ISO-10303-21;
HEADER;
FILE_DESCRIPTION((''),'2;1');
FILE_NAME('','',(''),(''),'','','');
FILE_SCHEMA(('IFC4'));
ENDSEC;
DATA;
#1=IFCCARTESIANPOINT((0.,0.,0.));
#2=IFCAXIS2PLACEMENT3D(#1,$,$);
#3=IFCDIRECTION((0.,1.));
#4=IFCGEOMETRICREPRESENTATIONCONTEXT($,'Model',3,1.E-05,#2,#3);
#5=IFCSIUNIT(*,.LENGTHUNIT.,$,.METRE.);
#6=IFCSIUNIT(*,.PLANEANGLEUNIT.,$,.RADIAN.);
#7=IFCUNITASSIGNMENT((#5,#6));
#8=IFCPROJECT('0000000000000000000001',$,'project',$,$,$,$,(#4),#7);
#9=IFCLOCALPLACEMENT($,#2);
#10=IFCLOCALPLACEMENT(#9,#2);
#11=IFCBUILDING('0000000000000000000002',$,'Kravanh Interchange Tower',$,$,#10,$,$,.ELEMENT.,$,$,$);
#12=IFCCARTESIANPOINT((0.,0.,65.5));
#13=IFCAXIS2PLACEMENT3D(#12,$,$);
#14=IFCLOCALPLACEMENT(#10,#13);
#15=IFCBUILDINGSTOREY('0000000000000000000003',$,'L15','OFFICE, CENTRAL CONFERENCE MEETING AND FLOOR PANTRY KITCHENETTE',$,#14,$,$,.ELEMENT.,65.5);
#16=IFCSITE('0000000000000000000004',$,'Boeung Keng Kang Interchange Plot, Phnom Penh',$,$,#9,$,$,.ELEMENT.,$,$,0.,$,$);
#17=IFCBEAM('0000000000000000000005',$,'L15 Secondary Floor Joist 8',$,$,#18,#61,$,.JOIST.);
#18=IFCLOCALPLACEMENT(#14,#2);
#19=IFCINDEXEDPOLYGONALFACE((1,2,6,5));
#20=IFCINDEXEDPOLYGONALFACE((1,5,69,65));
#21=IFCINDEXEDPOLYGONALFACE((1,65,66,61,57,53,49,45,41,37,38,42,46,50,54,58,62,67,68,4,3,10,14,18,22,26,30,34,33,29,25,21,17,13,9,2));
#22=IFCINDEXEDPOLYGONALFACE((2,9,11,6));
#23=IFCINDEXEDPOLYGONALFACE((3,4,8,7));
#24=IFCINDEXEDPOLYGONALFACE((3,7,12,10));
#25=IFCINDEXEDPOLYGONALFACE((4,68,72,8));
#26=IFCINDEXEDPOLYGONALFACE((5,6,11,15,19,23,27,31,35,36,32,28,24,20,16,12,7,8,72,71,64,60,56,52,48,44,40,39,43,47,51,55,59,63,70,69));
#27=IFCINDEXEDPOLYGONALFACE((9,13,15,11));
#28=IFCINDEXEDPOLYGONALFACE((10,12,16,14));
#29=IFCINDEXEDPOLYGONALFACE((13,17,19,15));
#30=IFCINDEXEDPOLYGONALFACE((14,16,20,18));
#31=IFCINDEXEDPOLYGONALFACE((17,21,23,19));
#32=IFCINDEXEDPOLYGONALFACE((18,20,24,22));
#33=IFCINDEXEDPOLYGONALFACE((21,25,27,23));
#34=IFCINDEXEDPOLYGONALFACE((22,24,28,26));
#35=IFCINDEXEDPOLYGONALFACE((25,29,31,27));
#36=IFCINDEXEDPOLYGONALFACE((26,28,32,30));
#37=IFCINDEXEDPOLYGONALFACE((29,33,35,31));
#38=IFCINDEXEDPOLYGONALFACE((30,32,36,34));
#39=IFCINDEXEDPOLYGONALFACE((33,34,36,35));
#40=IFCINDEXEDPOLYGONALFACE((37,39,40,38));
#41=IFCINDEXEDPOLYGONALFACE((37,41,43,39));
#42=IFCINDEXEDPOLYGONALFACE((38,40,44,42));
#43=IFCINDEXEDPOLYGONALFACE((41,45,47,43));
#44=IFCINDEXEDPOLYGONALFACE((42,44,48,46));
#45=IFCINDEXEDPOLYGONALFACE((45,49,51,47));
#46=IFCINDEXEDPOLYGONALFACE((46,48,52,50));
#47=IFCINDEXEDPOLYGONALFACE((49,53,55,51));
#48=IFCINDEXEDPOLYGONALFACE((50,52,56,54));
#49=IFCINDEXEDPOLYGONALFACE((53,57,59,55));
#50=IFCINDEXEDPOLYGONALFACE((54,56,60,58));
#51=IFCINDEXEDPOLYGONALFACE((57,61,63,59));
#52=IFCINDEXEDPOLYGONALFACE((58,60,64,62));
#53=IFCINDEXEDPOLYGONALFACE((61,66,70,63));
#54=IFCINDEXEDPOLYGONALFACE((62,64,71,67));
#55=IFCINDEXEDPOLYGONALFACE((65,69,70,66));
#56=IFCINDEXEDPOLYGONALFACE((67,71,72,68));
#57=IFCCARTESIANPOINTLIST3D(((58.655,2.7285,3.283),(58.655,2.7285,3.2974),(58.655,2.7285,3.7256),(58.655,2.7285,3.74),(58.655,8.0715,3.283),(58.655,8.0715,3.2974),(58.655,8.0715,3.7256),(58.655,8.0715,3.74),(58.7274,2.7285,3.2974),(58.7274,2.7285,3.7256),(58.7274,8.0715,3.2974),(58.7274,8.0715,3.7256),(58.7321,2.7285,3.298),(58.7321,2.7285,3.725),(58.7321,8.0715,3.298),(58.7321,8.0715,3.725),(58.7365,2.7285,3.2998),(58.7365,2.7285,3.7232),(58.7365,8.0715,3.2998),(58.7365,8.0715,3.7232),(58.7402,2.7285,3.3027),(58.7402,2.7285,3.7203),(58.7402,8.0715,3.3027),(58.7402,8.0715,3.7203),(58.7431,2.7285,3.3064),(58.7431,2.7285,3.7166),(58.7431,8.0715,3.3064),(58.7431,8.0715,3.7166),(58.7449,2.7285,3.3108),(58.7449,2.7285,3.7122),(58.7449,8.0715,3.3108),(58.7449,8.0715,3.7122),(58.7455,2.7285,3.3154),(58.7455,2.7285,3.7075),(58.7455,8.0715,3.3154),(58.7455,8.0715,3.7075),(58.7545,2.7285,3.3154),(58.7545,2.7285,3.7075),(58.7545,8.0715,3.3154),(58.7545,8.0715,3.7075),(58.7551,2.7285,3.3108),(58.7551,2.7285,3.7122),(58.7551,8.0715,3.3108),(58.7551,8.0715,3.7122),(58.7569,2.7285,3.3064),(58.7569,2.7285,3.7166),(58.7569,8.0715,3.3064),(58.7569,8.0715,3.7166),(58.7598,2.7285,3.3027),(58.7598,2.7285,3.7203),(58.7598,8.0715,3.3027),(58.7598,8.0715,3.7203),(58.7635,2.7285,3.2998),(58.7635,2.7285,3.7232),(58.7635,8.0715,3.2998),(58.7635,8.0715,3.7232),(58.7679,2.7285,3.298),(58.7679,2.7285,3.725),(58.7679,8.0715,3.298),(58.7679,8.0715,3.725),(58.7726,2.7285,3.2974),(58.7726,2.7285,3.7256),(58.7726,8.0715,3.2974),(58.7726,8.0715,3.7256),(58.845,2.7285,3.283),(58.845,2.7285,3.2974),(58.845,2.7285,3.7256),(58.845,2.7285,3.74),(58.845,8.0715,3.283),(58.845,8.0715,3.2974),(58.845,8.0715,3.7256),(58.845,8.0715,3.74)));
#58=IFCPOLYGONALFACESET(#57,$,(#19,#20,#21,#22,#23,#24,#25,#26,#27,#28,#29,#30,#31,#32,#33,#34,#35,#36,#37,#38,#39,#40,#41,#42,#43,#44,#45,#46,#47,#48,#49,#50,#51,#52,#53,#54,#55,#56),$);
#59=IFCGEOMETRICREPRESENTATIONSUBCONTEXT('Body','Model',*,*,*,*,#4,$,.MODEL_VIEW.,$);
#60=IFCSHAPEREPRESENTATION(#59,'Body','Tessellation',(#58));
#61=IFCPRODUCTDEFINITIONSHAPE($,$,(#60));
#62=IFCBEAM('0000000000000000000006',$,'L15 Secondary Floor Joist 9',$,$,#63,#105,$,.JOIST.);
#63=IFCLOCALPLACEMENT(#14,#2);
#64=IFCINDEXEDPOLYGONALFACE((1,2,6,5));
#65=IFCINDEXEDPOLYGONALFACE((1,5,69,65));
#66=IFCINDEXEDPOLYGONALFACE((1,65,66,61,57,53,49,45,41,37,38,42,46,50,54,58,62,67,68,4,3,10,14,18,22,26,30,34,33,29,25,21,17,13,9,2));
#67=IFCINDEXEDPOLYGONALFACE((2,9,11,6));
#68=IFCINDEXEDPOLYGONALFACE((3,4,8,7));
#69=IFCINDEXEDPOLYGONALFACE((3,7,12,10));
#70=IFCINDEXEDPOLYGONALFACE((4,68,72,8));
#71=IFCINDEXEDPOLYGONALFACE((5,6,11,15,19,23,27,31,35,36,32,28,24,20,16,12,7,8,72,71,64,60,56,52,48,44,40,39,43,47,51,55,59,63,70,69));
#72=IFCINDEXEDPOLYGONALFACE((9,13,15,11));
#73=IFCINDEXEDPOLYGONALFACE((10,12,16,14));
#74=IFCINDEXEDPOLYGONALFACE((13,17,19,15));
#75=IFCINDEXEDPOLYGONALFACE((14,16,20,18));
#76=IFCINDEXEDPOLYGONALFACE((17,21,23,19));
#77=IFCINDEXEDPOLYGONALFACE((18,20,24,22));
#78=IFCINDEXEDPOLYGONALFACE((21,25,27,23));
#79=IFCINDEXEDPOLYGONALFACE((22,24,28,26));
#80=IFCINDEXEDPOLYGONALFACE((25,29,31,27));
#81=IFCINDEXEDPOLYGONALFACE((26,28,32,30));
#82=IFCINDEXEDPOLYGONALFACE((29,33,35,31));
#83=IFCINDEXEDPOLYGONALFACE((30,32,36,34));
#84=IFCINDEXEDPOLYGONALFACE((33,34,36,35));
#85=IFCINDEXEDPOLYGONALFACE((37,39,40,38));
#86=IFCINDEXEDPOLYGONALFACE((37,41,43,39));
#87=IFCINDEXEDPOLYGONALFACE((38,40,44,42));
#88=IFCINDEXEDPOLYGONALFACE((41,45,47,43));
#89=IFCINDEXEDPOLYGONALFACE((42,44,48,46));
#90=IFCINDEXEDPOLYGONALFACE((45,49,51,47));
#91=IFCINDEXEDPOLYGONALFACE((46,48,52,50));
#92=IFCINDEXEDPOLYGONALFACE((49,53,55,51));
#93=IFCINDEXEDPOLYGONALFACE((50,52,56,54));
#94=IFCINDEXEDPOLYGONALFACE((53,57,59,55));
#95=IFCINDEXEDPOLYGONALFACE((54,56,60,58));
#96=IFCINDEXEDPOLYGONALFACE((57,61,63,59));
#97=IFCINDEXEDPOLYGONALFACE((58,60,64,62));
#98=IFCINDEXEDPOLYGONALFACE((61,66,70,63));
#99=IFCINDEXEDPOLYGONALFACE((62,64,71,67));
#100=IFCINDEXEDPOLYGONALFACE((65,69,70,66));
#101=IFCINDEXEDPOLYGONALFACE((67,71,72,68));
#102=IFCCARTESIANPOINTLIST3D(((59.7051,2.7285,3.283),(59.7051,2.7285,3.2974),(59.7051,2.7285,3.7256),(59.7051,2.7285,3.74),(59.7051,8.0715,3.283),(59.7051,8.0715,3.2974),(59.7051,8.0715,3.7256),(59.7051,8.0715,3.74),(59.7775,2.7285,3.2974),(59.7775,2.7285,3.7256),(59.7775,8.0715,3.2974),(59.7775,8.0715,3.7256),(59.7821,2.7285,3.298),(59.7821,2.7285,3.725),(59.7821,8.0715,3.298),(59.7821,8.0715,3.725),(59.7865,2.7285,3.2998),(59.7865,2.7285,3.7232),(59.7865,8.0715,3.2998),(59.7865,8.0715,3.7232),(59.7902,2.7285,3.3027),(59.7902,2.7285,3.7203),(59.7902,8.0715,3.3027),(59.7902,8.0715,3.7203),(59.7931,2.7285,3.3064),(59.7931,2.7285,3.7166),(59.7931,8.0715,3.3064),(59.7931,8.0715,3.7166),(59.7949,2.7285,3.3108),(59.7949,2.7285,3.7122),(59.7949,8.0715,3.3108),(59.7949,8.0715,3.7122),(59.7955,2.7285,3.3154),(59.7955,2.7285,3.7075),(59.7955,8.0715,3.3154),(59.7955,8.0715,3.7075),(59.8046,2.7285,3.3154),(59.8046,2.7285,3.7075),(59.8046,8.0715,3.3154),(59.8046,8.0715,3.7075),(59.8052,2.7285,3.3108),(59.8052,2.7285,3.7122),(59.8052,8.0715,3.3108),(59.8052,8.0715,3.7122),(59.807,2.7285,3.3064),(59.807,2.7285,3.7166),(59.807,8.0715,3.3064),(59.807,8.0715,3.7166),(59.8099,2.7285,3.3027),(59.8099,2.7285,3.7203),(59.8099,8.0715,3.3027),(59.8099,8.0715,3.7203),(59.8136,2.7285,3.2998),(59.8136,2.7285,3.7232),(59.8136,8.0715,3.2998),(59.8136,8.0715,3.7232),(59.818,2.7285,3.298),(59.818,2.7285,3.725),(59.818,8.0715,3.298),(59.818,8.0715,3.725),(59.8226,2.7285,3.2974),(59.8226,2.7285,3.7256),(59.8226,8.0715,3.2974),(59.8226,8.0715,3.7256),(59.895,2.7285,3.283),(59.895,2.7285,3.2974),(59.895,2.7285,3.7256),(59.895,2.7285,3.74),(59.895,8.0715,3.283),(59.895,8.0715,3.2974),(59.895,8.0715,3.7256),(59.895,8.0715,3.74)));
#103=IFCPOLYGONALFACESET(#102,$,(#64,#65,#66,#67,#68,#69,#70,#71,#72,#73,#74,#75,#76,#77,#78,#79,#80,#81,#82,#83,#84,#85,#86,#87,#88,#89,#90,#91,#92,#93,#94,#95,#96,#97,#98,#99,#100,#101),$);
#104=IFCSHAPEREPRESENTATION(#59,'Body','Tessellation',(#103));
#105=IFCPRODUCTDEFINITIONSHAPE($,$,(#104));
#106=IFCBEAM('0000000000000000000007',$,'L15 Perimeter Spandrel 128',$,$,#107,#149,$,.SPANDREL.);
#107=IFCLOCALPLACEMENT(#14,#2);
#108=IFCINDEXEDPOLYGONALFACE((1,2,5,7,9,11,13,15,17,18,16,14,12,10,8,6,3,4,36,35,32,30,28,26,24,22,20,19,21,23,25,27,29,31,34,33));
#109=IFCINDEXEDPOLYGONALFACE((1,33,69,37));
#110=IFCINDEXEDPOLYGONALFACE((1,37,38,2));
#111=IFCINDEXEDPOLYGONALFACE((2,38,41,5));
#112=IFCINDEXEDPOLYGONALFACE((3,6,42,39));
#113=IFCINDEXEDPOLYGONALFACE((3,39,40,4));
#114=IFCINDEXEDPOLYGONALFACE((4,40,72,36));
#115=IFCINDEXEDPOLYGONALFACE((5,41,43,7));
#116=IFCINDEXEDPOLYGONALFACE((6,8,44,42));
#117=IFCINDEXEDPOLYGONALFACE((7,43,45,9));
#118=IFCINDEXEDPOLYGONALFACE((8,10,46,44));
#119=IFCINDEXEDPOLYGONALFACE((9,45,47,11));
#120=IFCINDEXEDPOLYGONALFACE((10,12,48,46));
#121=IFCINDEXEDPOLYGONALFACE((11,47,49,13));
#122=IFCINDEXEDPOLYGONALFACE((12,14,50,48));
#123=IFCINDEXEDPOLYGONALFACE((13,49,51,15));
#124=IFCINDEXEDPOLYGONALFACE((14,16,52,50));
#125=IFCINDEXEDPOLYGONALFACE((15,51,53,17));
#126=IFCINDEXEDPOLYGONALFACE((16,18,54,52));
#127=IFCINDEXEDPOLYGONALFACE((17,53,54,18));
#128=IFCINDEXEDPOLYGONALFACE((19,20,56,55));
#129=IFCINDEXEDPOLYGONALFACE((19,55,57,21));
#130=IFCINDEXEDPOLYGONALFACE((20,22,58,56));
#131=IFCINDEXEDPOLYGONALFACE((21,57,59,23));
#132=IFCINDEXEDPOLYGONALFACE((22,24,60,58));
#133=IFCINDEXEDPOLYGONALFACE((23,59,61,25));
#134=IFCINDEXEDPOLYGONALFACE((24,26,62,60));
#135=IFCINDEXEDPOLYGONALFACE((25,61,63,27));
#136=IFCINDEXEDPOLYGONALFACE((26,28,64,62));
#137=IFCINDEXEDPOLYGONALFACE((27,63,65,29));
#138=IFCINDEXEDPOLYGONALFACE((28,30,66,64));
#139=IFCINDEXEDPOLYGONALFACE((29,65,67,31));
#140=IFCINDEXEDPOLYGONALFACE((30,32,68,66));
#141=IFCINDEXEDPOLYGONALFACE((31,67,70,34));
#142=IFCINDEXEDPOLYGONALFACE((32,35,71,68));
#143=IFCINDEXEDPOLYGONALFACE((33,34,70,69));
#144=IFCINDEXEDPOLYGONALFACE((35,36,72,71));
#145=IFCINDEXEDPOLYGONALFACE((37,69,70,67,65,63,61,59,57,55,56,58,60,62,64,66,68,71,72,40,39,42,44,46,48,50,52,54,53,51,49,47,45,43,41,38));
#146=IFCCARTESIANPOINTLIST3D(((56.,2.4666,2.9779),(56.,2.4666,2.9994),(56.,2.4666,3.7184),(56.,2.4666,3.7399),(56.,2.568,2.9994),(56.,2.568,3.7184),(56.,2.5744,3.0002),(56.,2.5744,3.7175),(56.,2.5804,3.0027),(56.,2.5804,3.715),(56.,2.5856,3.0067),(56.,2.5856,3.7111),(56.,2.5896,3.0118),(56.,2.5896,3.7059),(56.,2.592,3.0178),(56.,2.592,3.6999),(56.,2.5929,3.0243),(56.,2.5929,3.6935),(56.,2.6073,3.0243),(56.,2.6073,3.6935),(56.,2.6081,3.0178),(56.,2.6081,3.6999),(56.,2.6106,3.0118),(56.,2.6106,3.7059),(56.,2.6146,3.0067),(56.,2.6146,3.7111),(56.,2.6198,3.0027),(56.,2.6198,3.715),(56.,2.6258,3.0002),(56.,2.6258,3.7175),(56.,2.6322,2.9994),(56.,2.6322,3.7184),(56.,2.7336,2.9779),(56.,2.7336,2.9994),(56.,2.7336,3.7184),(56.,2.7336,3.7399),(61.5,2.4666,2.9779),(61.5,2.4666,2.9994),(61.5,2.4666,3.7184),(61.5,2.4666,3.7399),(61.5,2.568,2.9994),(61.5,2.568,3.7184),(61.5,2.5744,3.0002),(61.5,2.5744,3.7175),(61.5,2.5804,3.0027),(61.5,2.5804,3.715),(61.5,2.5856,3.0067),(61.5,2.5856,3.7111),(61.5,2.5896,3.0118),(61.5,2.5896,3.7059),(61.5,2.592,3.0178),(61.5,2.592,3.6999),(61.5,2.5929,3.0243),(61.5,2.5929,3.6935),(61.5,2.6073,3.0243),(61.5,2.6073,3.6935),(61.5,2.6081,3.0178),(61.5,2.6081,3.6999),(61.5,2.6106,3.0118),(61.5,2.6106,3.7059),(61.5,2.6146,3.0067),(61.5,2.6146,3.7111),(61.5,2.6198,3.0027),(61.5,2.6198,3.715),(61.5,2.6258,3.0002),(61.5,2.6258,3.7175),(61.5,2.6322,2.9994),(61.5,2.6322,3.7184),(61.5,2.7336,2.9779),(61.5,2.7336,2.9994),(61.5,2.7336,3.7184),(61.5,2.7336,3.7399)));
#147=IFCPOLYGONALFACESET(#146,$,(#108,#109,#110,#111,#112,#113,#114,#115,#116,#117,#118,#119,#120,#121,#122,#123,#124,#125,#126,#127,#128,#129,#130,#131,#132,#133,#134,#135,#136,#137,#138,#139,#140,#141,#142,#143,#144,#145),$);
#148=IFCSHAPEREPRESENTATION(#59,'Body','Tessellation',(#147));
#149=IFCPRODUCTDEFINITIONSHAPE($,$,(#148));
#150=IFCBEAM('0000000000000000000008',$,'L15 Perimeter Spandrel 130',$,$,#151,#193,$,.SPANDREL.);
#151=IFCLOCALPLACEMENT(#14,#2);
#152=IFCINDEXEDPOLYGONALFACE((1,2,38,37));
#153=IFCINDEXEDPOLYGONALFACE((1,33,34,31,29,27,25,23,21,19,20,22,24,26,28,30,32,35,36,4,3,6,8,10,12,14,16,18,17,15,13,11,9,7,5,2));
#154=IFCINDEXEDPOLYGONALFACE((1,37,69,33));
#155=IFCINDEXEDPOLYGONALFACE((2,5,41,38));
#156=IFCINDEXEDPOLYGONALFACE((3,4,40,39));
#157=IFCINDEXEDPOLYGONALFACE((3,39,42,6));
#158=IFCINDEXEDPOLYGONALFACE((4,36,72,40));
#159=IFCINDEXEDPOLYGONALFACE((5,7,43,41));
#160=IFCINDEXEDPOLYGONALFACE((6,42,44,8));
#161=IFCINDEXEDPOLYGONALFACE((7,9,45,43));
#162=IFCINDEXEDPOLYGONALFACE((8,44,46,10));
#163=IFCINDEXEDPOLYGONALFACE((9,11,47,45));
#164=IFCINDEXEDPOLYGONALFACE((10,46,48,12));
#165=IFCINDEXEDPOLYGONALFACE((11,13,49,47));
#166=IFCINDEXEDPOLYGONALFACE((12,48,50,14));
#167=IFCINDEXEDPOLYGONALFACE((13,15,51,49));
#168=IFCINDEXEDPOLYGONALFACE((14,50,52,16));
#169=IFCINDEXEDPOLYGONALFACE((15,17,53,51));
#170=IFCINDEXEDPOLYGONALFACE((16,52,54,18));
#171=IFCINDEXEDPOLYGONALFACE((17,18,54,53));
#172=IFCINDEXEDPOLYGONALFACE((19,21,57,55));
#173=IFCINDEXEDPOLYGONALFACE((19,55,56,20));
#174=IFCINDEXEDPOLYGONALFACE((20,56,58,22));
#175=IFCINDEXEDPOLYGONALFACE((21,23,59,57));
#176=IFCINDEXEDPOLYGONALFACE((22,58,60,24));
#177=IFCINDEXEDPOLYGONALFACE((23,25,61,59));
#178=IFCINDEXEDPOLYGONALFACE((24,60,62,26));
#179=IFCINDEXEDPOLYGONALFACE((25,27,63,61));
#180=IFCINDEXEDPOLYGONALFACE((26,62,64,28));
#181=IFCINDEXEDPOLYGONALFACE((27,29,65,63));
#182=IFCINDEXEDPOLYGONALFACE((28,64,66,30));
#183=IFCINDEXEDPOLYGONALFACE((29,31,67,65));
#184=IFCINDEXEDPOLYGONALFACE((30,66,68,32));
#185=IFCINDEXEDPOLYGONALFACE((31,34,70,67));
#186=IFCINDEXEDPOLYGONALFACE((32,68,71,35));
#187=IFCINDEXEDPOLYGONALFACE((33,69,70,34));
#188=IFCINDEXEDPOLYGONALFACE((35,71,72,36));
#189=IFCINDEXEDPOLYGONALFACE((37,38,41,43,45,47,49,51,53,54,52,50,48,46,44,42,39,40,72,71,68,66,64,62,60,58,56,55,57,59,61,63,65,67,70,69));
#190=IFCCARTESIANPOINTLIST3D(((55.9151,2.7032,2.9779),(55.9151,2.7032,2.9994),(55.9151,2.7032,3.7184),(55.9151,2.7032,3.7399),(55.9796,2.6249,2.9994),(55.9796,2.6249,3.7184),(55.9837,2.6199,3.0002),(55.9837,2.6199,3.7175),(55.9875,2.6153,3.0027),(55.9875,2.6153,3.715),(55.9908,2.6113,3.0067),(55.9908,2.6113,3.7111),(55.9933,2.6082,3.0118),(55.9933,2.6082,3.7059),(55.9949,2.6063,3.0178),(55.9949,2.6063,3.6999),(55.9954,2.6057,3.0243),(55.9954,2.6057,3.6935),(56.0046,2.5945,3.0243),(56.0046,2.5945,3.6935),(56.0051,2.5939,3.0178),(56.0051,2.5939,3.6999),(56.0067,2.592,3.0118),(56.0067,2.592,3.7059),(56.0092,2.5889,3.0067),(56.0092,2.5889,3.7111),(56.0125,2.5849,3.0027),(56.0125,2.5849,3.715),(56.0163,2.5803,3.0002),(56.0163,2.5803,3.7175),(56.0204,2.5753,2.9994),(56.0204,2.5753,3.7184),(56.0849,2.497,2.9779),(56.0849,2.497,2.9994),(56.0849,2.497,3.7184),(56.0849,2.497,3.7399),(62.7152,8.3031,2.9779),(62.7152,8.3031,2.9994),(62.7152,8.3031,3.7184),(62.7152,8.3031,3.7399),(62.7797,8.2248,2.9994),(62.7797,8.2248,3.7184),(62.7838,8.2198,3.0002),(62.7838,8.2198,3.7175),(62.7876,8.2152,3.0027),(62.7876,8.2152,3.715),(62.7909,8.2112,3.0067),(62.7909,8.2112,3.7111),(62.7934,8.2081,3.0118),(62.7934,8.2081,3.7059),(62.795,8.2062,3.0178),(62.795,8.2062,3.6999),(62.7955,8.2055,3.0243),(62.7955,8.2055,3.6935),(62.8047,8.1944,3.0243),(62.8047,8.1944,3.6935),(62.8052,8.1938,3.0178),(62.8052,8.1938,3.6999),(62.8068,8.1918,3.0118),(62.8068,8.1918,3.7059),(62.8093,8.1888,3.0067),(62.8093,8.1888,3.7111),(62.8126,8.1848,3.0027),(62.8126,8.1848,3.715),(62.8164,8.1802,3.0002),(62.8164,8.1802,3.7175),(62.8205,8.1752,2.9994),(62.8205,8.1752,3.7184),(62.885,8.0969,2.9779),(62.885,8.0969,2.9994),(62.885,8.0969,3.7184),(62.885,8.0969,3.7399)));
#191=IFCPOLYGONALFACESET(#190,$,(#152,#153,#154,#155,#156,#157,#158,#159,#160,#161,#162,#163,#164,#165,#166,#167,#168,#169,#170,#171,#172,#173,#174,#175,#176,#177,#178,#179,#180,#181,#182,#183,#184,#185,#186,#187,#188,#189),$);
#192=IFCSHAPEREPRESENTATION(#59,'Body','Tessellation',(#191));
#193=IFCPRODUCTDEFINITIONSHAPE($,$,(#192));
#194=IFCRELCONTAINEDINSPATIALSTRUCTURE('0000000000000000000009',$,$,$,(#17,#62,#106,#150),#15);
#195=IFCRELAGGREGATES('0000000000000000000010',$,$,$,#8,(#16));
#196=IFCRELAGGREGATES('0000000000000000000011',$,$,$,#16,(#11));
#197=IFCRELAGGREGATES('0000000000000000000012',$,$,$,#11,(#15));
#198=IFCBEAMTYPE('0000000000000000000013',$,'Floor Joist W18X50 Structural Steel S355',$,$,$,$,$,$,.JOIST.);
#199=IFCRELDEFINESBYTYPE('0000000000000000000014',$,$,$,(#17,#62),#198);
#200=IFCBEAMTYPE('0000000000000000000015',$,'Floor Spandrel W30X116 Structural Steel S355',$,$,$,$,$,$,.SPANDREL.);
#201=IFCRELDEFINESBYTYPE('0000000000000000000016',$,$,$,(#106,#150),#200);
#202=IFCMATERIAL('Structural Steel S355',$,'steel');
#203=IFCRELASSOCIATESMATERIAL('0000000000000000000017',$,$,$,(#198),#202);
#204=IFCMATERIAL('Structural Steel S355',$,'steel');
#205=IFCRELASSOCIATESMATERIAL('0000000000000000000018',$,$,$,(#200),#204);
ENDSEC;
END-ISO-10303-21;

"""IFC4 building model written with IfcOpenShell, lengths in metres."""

from ifc_helpers import new_model, si_unit, direction, frame, origin, origin_2d, place, context, subcontext, project, spatial, i_section, extrude, material, material_profile, profile_set, type_object, element, save


model = new_model("IFC4")

# Units and contexts
model_context = context("Model", 3, precision=1e-05, world=origin(), true_north=direction((0.0, 1.0)))
body_context = subcontext(model_context, "Body", "Model", "MODEL_VIEW")
ifc_project = project(units=[si_unit("LENGTHUNIT", "METRE"), si_unit("PLANEANGLEUNIT", "RADIAN")], contexts=[model_context])

# Site, building, storey
site_placement = place(None, origin())
site = spatial("IfcSite", under=ifc_project, at=site_placement, Name="Boeung Keng Kang Interchange Plot, Phnom Penh", CompositionType="ELEMENT", RefElevation=0.0)
building_placement = place(site_placement, origin())
building = spatial("IfcBuilding", under=site, at=building_placement, Name="Kravanh Interchange Tower", CompositionType="ELEMENT")
storey_placement = place(building_placement, frame((0.0, 0.0, 65.5)))
storey = spatial("IfcBuildingStorey", under=building, at=storey_placement, Name="L15", Description="OFFICE, CENTRAL CONFERENCE MEETING AND FLOOR PANTRY KITCHENETTE", CompositionType="ELEMENT", Elevation=65.5)

# Beams
ifc_material_1 = material(Name="Structural Steel S355", Category="steel")
ifc_material_profile_1 = material_profile(ifc_material_1, i_section(OverallWidth=0.1899, OverallDepth=0.457, WebThickness=0.009, FlangeThickness=0.0144, FilletRadius=0.0181, at=origin_2d()), Name="W18X50")
ifc_profile_set_1 = profile_set([ifc_material_profile_1], Name="Structural Steel S355")
beam_type_1 = type_object("IfcBeamType", Name="Floor Joist W18X50 Structural Steel S355", PredefinedType="JOIST", material=ifc_profile_set_1)
for number, where, z_axis, x_axis, name in (
    (1, (58.75, 2.7285, 3.5115), (0.0, 1.0, 0.0), (-1.0, 0.0, 0.0), "L15 Secondary Floor Joist 8"),
    (2, (59.8, 2.7285, 3.5115), (0.0, 1.0, 0.0), (-1.0, 0.0, 0.0), "L15 Secondary Floor Joist 9"),
):
    element("IfcBeam", number, at=place(storey_placement, frame(where, z_axis=z_axis, x_axis=x_axis)), inside=storey, type_object=beam_type_1, Name=name, PredefinedType="JOIST", context=body_context, shape_type="SweptSolid", body=[
        extrude(i_section(OverallWidth=0.1899, OverallDepth=0.457, WebThickness=0.009, FlangeThickness=0.0144, FilletRadius=0.0181, at=origin_2d()), origin(), (0.0, 0.0, 1.0), 5.343),
    ])
ifc_material_2 = material(Name="Structural Steel S355", Category="steel")
ifc_material_profile_2 = material_profile(ifc_material_2, i_section(OverallWidth=0.2671, OverallDepth=0.762, WebThickness=0.0144, FlangeThickness=0.0215, FilletRadius=0.0249, at=origin_2d()), Name="W30X116")
ifc_profile_set_2 = profile_set([ifc_material_profile_2], Name="Structural Steel S355")
beam_type_2 = type_object("IfcBeamType", Name="Floor Spandrel W30X116 Structural Steel S355", PredefinedType="SPANDREL", material=ifc_profile_set_2)
beam_1_placement = place(storey_placement, frame((56.0, 2.6001, 3.3589), z_axis=(1.0, 0.0, 0.0), x_axis=(0.0, 1.0, 0.0)))
element("IfcBeam", 3, at=beam_1_placement, inside=storey, type_object=beam_type_2, Name="L15 Perimeter Spandrel 128", PredefinedType="SPANDREL", context=body_context, shape_type="SweptSolid", body=[
    extrude(i_section(OverallWidth=0.2671, OverallDepth=0.762, WebThickness=0.0144, FlangeThickness=0.0215, FilletRadius=0.0249, at=origin_2d()), origin(), (0.0, 0.0, 1.0), 5.5),
])
beam_2_placement = place(storey_placement, frame((56.0, 2.6001, 3.3589), z_axis=(0.771941, 0.635695, 0.0), x_axis=(-0.635695, 0.771941, 0.0)))
element("IfcBeam", 4, at=beam_2_placement, inside=storey, type_object=beam_type_2, Name="L15 Perimeter Spandrel 130", PredefinedType="SPANDREL", context=body_context, shape_type="SweptSolid", body=[
    extrude(i_section(OverallWidth=0.2671, OverallDepth=0.762, WebThickness=0.0144, FlangeThickness=0.0215, FilletRadius=0.0249, at=origin_2d()), origin(), (0.0, 0.0, 1.0), 8.8091),
])

save(model, "model.ifc")
